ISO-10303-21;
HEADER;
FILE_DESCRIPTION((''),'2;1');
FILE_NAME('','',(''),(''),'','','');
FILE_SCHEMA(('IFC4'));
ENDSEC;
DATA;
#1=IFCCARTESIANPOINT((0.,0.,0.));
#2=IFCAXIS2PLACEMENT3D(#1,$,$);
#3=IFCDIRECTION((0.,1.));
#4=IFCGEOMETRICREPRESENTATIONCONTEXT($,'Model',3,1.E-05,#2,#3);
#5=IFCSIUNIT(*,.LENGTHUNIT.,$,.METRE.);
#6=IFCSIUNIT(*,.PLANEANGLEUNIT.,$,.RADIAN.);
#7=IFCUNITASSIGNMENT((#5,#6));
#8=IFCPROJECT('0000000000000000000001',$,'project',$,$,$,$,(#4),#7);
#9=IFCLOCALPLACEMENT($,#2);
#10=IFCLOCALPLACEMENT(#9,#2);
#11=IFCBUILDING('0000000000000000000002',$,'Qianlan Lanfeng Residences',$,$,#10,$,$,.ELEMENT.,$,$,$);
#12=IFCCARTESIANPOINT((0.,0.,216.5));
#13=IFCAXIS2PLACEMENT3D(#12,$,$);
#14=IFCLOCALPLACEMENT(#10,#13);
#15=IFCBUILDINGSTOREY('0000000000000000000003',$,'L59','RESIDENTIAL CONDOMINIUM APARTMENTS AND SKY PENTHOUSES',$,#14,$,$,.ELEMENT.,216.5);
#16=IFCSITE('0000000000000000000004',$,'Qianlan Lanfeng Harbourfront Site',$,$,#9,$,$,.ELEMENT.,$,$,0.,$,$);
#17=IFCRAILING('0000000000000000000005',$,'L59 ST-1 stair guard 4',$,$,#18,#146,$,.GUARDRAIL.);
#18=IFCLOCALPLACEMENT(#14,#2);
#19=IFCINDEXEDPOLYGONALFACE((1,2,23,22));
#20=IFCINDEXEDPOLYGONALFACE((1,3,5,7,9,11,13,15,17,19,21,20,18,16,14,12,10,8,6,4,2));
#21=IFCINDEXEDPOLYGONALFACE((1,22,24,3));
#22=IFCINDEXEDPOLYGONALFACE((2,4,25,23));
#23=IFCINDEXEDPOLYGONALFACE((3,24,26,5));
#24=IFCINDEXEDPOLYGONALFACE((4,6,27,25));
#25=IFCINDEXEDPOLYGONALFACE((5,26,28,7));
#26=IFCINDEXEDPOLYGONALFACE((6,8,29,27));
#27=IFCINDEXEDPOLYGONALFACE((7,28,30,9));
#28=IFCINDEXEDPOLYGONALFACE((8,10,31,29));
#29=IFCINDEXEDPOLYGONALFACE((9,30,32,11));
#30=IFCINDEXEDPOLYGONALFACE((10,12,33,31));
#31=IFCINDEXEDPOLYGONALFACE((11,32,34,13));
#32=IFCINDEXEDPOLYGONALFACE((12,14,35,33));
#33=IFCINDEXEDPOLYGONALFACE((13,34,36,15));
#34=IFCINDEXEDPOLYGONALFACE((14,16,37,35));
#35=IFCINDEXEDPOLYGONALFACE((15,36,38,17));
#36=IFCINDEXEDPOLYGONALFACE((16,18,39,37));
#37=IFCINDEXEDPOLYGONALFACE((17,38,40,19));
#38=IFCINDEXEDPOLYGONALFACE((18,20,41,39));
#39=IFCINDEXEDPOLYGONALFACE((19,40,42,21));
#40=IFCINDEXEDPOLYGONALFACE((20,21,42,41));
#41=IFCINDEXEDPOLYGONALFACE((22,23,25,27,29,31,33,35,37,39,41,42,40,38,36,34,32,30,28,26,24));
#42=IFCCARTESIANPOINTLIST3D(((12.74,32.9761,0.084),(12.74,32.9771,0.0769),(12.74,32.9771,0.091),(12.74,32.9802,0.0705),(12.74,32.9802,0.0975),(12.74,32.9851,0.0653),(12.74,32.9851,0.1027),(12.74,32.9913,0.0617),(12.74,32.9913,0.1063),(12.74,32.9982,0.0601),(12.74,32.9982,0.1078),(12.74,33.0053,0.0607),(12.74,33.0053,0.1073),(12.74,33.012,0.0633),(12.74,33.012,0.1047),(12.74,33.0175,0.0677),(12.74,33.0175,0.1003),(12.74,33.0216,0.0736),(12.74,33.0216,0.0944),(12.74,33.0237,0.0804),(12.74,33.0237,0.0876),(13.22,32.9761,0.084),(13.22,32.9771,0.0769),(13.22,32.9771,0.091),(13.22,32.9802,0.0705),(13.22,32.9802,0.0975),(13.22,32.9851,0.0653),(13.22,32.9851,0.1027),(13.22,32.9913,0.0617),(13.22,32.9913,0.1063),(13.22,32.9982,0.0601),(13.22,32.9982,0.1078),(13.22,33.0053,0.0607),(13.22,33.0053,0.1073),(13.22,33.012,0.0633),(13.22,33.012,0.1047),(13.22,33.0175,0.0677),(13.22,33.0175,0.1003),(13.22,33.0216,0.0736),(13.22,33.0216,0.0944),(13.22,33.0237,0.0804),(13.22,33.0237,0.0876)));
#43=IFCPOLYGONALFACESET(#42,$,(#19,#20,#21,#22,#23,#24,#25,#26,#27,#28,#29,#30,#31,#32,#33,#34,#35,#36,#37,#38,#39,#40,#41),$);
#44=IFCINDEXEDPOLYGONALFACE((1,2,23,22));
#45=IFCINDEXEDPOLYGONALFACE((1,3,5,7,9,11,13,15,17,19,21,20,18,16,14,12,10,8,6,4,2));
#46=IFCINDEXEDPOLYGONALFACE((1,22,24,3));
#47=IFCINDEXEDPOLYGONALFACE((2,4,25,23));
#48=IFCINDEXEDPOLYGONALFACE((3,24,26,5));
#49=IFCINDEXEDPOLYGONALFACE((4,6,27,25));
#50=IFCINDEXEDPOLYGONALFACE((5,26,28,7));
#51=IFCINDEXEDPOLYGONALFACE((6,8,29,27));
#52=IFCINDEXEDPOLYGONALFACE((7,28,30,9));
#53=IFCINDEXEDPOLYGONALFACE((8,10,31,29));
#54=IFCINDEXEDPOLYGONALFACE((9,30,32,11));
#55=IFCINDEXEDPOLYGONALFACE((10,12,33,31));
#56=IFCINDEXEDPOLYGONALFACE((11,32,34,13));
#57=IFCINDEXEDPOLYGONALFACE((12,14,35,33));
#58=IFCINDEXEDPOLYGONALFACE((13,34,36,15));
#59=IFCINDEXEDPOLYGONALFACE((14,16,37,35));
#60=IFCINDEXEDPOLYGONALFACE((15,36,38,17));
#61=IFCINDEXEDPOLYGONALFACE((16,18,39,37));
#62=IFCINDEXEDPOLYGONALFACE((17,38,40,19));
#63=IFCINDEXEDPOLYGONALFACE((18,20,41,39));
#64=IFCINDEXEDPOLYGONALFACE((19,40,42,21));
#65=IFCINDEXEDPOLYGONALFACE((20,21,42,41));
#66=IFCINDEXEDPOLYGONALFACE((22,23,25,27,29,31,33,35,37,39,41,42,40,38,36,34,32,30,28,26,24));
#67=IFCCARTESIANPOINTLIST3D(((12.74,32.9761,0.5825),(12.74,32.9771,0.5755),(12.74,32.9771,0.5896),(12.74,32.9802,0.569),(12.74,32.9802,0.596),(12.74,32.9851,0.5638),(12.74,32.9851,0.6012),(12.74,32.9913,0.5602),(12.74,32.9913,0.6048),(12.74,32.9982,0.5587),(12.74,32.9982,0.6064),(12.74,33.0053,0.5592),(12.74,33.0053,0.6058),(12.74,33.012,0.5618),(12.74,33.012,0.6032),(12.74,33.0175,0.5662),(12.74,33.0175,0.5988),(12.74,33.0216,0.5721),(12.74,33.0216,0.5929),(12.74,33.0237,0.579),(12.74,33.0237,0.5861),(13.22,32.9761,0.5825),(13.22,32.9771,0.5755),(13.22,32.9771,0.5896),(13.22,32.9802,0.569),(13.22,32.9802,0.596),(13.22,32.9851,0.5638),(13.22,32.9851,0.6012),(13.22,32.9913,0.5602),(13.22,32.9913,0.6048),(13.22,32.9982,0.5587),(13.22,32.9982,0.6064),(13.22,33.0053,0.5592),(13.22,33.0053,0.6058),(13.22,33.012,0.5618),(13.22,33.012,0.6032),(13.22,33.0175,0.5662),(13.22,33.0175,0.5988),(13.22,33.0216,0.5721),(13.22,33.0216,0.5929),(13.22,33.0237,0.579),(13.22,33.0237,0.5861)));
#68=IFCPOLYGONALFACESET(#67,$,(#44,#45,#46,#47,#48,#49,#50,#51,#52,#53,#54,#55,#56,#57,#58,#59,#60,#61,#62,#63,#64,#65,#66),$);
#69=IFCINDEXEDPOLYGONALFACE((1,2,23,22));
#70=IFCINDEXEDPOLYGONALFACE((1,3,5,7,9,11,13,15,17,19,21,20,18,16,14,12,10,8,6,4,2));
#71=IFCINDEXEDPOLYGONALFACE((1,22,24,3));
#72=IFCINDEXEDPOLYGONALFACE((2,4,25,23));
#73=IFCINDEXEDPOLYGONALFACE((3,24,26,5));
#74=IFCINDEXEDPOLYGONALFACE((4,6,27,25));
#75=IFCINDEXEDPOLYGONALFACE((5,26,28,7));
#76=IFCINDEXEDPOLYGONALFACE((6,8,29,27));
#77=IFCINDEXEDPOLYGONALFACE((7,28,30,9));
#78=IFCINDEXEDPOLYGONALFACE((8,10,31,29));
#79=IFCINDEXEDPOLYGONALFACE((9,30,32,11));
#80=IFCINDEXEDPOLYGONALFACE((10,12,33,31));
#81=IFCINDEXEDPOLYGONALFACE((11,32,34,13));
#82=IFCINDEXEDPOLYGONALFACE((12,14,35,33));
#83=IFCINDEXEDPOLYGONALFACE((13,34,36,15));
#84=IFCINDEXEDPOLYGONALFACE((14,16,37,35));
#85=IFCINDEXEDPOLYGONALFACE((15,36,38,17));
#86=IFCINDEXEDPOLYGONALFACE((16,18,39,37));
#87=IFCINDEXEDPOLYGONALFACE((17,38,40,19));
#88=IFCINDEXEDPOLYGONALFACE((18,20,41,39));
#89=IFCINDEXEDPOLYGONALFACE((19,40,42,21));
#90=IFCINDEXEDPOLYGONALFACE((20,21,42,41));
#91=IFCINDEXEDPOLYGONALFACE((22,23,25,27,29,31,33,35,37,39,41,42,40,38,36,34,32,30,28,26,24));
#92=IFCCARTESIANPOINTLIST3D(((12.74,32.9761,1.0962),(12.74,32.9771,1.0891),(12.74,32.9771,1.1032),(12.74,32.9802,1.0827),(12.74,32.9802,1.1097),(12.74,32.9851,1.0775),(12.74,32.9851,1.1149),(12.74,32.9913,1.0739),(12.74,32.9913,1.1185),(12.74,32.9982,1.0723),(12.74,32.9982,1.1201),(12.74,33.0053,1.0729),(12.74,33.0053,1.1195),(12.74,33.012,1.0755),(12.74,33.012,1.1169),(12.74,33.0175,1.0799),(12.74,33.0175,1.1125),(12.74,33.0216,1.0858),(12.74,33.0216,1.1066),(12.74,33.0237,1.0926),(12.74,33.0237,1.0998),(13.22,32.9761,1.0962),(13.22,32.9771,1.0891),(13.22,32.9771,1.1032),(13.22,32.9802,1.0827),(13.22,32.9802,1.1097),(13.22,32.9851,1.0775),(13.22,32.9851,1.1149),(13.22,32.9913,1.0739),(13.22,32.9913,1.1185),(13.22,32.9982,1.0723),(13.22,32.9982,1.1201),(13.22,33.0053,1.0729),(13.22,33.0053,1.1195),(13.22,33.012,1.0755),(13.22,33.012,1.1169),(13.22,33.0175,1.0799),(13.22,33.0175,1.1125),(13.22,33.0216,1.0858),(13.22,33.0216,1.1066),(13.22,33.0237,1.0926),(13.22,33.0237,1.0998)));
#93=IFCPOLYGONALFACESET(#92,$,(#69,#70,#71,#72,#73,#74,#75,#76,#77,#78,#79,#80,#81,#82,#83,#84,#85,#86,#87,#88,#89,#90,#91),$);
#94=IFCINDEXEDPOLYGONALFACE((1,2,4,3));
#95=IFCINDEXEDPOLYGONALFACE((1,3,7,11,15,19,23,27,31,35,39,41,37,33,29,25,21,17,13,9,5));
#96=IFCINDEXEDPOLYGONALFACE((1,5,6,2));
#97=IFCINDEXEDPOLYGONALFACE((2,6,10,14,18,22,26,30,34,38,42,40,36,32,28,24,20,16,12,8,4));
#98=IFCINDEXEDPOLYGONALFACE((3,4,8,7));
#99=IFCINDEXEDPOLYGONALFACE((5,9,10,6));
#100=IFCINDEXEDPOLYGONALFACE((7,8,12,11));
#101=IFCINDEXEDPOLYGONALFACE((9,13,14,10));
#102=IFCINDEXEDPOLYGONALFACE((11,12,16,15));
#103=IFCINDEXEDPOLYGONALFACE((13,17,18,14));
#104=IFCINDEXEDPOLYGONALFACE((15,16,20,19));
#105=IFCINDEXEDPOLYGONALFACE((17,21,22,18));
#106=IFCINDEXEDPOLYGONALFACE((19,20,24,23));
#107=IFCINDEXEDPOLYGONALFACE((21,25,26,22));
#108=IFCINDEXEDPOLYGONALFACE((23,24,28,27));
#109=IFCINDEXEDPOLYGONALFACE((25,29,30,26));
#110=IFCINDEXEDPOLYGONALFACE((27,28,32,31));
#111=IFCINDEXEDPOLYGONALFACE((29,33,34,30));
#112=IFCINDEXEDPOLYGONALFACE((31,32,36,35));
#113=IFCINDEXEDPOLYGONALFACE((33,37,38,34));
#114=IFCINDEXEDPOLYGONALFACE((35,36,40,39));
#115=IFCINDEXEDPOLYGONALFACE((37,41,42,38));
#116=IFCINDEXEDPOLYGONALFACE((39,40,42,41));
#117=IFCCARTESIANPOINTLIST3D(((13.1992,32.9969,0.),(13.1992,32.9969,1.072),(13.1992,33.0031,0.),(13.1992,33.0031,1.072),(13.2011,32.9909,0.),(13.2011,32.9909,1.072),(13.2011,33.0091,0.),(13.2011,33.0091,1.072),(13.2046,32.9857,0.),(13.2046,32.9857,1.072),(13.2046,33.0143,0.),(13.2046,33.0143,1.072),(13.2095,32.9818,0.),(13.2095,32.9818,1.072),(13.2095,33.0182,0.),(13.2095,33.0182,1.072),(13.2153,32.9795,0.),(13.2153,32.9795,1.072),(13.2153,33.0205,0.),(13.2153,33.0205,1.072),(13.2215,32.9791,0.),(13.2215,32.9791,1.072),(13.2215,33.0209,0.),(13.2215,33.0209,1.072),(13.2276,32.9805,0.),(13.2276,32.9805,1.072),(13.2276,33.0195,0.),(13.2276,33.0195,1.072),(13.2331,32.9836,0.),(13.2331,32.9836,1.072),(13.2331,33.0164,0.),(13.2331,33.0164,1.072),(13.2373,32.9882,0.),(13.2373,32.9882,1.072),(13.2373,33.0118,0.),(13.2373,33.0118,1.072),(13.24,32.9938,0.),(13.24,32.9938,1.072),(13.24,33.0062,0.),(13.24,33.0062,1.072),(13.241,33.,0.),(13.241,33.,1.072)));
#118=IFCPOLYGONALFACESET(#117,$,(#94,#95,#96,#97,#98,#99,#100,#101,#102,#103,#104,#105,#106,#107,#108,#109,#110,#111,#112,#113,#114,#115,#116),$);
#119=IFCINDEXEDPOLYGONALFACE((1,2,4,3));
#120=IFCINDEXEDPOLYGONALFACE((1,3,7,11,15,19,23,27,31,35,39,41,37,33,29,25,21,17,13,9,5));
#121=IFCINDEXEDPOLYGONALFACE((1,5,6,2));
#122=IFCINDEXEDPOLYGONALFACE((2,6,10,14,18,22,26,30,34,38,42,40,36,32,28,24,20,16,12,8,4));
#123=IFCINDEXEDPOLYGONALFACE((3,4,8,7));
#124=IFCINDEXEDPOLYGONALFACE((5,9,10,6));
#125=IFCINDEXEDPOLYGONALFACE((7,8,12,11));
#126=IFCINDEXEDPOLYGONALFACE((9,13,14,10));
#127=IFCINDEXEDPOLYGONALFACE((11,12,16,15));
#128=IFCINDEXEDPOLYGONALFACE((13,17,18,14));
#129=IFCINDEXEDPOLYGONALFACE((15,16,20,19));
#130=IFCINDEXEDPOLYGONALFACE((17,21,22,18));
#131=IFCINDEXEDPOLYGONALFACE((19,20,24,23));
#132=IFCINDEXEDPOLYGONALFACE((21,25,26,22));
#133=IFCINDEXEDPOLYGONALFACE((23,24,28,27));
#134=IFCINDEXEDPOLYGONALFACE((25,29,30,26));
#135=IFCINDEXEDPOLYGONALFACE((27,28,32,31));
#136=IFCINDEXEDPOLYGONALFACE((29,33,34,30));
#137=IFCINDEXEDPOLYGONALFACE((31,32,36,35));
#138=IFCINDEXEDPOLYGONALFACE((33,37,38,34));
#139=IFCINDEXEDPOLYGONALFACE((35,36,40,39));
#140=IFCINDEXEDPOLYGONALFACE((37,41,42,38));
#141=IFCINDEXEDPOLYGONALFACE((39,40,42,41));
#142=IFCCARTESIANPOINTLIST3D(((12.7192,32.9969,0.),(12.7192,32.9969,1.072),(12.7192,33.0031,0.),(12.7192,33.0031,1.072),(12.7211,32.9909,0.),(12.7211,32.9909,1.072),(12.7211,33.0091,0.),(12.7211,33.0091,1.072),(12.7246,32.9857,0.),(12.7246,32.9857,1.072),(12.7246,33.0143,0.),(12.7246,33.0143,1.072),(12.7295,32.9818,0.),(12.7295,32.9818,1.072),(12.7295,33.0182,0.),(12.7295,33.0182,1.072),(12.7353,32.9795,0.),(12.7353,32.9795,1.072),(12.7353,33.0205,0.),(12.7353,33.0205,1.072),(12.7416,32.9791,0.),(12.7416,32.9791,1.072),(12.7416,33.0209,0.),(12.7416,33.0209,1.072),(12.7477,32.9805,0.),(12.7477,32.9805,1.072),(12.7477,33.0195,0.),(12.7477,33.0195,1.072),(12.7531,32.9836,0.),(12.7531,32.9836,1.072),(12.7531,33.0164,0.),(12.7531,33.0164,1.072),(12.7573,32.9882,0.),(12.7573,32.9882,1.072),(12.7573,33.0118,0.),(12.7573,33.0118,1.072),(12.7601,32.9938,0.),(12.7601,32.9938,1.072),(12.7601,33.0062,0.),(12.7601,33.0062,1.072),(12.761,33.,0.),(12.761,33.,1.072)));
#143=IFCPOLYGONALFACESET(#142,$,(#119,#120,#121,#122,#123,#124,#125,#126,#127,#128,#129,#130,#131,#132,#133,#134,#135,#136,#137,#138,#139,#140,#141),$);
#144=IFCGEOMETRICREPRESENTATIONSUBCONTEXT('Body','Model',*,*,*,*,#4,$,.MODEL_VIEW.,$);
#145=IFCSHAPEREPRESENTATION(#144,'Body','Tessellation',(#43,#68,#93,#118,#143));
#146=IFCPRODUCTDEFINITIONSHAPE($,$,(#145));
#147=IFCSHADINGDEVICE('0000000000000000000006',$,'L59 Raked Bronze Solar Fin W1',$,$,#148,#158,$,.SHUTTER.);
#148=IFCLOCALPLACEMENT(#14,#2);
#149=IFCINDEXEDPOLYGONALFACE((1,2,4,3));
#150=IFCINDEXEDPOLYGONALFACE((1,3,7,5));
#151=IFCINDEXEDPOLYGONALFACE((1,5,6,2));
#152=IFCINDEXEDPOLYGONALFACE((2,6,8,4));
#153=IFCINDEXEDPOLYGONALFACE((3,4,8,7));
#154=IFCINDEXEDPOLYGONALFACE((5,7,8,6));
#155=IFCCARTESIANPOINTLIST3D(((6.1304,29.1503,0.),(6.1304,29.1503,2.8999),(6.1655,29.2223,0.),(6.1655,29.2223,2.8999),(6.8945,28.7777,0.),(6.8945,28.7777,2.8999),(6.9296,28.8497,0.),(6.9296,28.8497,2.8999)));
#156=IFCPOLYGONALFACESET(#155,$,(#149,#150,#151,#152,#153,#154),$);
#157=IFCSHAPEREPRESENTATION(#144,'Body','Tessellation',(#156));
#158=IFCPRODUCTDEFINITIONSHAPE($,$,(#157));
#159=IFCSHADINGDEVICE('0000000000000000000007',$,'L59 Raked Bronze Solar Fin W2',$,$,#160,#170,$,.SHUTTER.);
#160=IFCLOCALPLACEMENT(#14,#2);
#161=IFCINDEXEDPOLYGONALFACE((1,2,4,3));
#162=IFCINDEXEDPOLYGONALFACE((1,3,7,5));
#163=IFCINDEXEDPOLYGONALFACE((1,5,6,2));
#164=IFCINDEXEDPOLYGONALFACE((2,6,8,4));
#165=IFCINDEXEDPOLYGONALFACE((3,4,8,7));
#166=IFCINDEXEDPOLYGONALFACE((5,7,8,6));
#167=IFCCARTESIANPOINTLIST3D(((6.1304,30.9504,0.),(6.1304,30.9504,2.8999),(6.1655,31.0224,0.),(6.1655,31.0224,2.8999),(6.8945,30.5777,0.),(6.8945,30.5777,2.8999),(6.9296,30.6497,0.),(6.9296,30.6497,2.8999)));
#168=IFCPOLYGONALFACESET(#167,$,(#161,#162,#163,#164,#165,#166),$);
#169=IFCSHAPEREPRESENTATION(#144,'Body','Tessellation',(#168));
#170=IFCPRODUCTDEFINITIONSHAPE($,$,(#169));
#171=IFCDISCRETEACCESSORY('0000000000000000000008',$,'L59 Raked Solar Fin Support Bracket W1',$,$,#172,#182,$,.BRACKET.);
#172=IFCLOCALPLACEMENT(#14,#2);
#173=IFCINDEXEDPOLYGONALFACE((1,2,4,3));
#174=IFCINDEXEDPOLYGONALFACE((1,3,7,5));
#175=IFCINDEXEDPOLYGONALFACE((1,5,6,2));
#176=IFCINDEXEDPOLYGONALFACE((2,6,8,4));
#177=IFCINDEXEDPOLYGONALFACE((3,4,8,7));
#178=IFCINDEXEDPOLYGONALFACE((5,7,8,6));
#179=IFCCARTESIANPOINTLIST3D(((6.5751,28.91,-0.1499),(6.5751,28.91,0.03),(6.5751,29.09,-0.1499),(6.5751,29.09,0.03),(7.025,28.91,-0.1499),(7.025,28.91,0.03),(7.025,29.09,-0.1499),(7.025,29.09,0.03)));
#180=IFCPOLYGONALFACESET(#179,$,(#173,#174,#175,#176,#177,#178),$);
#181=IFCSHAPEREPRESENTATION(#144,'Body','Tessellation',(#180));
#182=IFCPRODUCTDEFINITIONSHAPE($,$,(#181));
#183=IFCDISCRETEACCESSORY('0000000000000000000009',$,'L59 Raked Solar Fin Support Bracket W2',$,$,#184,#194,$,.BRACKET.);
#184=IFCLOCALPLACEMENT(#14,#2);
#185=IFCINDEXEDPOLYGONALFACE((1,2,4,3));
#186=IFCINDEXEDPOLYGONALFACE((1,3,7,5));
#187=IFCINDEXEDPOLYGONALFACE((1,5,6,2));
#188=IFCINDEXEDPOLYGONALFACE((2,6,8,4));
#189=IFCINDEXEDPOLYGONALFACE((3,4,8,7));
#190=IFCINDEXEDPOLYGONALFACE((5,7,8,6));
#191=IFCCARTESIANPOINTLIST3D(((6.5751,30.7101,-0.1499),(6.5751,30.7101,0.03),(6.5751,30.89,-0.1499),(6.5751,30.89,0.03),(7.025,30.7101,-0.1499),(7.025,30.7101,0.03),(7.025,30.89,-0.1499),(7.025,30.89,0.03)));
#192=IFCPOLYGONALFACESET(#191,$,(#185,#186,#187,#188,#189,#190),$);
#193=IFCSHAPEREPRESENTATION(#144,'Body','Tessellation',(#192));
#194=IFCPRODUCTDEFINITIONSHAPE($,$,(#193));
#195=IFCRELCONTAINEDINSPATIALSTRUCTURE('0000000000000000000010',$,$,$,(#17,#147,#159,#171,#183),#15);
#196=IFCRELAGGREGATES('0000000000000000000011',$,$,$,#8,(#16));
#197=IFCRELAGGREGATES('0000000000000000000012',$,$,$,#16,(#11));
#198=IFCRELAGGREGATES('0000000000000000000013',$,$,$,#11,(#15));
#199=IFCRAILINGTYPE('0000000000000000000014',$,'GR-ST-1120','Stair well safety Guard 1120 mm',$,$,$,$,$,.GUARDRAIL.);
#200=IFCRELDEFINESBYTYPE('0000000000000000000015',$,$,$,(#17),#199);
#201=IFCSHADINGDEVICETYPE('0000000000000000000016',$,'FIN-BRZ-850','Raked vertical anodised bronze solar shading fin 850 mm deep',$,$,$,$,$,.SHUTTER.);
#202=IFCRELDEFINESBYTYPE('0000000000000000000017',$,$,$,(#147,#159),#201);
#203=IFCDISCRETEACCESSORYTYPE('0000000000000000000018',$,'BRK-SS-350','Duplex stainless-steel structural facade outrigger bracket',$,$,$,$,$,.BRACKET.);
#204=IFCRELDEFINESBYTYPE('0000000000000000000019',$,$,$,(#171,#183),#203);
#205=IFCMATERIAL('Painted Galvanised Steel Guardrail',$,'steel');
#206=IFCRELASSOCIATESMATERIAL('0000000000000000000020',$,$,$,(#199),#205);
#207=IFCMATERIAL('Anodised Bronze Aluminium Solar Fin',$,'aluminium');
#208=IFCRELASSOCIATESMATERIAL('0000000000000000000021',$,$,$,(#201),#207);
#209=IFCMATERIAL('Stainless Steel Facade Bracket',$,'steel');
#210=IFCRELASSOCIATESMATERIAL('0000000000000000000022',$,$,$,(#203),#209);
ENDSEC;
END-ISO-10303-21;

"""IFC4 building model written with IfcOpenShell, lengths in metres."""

from ifc_helpers import new_model, si_unit, direction, frame, origin, origin_2d, place, context, subcontext, project, spatial, rectangle, circle, extrude, source, transform, mapped, material, type_object, element, save


model = new_model("IFC4")

# Units and contexts
model_context = context("Model", 3, precision=1e-05, world=origin(), true_north=direction((0.0, 1.0)))
body_context = subcontext(model_context, "Body", "Model", "MODEL_VIEW")
ifc_project = project(units=[si_unit("LENGTHUNIT", "METRE"), si_unit("PLANEANGLEUNIT", "RADIAN")], contexts=[model_context])

# Site, building, storey
site_placement = place(None, origin())
site = spatial("IfcSite", under=ifc_project, at=site_placement, Name="Qianlan Lanfeng Harbourfront Site", CompositionType="ELEMENT", RefElevation=0.0)
building_placement = place(site_placement, origin())
building = spatial("IfcBuilding", under=site, at=building_placement, Name="Qianlan Lanfeng Residences", CompositionType="ELEMENT")
storey_placement = place(building_placement, frame((0.0, 0.0, 216.5)))
storey = spatial("IfcBuildingStorey", under=building, at=storey_placement, Name="L59", Description="RESIDENTIAL CONDOMINIUM APARTMENTS AND SKY PENTHOUSES", CompositionType="ELEMENT", Elevation=216.5)

# Railing
ifc_material_1 = material(Name="Painted Galvanised Steel Guardrail", Category="steel")
railing_type = type_object("IfcRailingType", Name="GR-ST-1120", Description="Stair well safety Guard 1120 mm", PredefinedType="GUARDRAIL", material=ifc_material_1)
railing_1_placement = place(storey_placement, frame((13.22, 33.0, 0.0)))
element("IfcRailing", 1, at=railing_1_placement, inside=storey, type_object=railing_type, Name="L59 ST-1 stair guard 4", PredefinedType="GUARDRAIL", context=body_context, shape_type="SweptSolid", body=[
    extrude(circle(Radius=0.0239, at=origin_2d()), frame((0.0, 0.0, 0.084), z_axis=(-1.0, 0.0, 0.0), x_axis=(0.0, -1.0, 0.0)), (0.0, 0.0, 1.0), 0.48),
    extrude(circle(Radius=0.0239, at=origin_2d()), frame((0.0, 0.0, 0.5825), z_axis=(-1.0, 0.0, 0.0), x_axis=(0.0, -1.0, 0.0)), (0.0, 0.0, 1.0), 0.48),
    extrude(circle(Radius=0.0239, at=origin_2d()), frame((0.0, 0.0, 1.0962), z_axis=(-1.0, 0.0, 0.0), x_axis=(0.0, -1.0, 0.0)), (0.0, 0.0, 1.0), 0.48),
    extrude(circle(Radius=0.021, at=origin_2d()), origin(), (0.0, 0.0, 1.0), 1.072),
    extrude(circle(Radius=0.021, at=origin_2d()), frame((-0.48, 0.0, 0.0)), (0.0, 0.0, 1.0), 1.072),
])

# Shading devices
ifc_material_2 = material(Name="Anodised Bronze Aluminium Solar Fin", Category="aluminium")
shading_device_type = type_object("IfcShadingDeviceType", Name="FIN-BRZ-850", Description="Raked vertical anodised bronze solar shading fin 850 mm deep", PredefinedType="SHUTTER", material=ifc_material_2)
shared_shape_1 = source(origin(), body_context, "Body", "SweptSolid", [
    extrude(rectangle(XDim=0.8501, YDim=0.0801, at=origin_2d()), origin(), (0.0, 0.0, 1.0), 2.8999),
])
for number, where, z_axis, x_axis, name in (
    (2, (6.53, 29.0, 0.0), (0.0, 0.0, 1.0), (0.898794, -0.438371, 0.0), "L59 Raked Bronze Solar Fin W1"),
    (3, (6.53, 30.8, 0.0), (0.0, 0.0, 1.0), (0.898794, -0.438371, 0.0), "L59 Raked Bronze Solar Fin W2"),
):
    element("IfcShadingDevice", number, at=place(storey_placement, frame(where, z_axis=z_axis, x_axis=x_axis)), inside=storey, type_object=shading_device_type, Name=name, PredefinedType="SHUTTER", context=body_context, shape_type="MappedRepresentation", body=[
        mapped(shared_shape_1, transform((0.0, 0.0, 0.0), scale=1.0)),
    ])

# Discrete accessories
ifc_material_3 = material(Name="Stainless Steel Facade Bracket", Category="steel")
discrete_accessory_type = type_object("IfcDiscreteAccessoryType", Name="BRK-SS-350", Description="Duplex stainless-steel structural facade outrigger bracket", PredefinedType="BRACKET", material=ifc_material_3)
shared_shape_2 = source(origin(), body_context, "Body", "SweptSolid", [
    extrude(rectangle(XDim=0.45, YDim=0.1799, at=origin_2d()), origin(), (0.0, 0.0, 1.0), 0.1799),
])
for number, where, z_axis, x_axis, name in (
    (4, (6.8, 29.0, -0.1499), (0.0, 0.0, 1.0), (1.0, 0.0, 0.0), "L59 Raked Solar Fin Support Bracket W1"),
    (5, (6.8, 30.8, -0.1499), (0.0, 0.0, 1.0), (1.0, 0.0, 0.0), "L59 Raked Solar Fin Support Bracket W2"),
):
    element("IfcDiscreteAccessory", number, at=place(storey_placement, frame(where, z_axis=z_axis, x_axis=x_axis)), inside=storey, type_object=discrete_accessory_type, Name=name, PredefinedType="BRACKET", context=body_context, shape_type="MappedRepresentation", body=[
        mapped(shared_shape_2, transform((0.0, 0.0, 0.0), scale=1.0)),
    ])

save(model, "model.ifc")
